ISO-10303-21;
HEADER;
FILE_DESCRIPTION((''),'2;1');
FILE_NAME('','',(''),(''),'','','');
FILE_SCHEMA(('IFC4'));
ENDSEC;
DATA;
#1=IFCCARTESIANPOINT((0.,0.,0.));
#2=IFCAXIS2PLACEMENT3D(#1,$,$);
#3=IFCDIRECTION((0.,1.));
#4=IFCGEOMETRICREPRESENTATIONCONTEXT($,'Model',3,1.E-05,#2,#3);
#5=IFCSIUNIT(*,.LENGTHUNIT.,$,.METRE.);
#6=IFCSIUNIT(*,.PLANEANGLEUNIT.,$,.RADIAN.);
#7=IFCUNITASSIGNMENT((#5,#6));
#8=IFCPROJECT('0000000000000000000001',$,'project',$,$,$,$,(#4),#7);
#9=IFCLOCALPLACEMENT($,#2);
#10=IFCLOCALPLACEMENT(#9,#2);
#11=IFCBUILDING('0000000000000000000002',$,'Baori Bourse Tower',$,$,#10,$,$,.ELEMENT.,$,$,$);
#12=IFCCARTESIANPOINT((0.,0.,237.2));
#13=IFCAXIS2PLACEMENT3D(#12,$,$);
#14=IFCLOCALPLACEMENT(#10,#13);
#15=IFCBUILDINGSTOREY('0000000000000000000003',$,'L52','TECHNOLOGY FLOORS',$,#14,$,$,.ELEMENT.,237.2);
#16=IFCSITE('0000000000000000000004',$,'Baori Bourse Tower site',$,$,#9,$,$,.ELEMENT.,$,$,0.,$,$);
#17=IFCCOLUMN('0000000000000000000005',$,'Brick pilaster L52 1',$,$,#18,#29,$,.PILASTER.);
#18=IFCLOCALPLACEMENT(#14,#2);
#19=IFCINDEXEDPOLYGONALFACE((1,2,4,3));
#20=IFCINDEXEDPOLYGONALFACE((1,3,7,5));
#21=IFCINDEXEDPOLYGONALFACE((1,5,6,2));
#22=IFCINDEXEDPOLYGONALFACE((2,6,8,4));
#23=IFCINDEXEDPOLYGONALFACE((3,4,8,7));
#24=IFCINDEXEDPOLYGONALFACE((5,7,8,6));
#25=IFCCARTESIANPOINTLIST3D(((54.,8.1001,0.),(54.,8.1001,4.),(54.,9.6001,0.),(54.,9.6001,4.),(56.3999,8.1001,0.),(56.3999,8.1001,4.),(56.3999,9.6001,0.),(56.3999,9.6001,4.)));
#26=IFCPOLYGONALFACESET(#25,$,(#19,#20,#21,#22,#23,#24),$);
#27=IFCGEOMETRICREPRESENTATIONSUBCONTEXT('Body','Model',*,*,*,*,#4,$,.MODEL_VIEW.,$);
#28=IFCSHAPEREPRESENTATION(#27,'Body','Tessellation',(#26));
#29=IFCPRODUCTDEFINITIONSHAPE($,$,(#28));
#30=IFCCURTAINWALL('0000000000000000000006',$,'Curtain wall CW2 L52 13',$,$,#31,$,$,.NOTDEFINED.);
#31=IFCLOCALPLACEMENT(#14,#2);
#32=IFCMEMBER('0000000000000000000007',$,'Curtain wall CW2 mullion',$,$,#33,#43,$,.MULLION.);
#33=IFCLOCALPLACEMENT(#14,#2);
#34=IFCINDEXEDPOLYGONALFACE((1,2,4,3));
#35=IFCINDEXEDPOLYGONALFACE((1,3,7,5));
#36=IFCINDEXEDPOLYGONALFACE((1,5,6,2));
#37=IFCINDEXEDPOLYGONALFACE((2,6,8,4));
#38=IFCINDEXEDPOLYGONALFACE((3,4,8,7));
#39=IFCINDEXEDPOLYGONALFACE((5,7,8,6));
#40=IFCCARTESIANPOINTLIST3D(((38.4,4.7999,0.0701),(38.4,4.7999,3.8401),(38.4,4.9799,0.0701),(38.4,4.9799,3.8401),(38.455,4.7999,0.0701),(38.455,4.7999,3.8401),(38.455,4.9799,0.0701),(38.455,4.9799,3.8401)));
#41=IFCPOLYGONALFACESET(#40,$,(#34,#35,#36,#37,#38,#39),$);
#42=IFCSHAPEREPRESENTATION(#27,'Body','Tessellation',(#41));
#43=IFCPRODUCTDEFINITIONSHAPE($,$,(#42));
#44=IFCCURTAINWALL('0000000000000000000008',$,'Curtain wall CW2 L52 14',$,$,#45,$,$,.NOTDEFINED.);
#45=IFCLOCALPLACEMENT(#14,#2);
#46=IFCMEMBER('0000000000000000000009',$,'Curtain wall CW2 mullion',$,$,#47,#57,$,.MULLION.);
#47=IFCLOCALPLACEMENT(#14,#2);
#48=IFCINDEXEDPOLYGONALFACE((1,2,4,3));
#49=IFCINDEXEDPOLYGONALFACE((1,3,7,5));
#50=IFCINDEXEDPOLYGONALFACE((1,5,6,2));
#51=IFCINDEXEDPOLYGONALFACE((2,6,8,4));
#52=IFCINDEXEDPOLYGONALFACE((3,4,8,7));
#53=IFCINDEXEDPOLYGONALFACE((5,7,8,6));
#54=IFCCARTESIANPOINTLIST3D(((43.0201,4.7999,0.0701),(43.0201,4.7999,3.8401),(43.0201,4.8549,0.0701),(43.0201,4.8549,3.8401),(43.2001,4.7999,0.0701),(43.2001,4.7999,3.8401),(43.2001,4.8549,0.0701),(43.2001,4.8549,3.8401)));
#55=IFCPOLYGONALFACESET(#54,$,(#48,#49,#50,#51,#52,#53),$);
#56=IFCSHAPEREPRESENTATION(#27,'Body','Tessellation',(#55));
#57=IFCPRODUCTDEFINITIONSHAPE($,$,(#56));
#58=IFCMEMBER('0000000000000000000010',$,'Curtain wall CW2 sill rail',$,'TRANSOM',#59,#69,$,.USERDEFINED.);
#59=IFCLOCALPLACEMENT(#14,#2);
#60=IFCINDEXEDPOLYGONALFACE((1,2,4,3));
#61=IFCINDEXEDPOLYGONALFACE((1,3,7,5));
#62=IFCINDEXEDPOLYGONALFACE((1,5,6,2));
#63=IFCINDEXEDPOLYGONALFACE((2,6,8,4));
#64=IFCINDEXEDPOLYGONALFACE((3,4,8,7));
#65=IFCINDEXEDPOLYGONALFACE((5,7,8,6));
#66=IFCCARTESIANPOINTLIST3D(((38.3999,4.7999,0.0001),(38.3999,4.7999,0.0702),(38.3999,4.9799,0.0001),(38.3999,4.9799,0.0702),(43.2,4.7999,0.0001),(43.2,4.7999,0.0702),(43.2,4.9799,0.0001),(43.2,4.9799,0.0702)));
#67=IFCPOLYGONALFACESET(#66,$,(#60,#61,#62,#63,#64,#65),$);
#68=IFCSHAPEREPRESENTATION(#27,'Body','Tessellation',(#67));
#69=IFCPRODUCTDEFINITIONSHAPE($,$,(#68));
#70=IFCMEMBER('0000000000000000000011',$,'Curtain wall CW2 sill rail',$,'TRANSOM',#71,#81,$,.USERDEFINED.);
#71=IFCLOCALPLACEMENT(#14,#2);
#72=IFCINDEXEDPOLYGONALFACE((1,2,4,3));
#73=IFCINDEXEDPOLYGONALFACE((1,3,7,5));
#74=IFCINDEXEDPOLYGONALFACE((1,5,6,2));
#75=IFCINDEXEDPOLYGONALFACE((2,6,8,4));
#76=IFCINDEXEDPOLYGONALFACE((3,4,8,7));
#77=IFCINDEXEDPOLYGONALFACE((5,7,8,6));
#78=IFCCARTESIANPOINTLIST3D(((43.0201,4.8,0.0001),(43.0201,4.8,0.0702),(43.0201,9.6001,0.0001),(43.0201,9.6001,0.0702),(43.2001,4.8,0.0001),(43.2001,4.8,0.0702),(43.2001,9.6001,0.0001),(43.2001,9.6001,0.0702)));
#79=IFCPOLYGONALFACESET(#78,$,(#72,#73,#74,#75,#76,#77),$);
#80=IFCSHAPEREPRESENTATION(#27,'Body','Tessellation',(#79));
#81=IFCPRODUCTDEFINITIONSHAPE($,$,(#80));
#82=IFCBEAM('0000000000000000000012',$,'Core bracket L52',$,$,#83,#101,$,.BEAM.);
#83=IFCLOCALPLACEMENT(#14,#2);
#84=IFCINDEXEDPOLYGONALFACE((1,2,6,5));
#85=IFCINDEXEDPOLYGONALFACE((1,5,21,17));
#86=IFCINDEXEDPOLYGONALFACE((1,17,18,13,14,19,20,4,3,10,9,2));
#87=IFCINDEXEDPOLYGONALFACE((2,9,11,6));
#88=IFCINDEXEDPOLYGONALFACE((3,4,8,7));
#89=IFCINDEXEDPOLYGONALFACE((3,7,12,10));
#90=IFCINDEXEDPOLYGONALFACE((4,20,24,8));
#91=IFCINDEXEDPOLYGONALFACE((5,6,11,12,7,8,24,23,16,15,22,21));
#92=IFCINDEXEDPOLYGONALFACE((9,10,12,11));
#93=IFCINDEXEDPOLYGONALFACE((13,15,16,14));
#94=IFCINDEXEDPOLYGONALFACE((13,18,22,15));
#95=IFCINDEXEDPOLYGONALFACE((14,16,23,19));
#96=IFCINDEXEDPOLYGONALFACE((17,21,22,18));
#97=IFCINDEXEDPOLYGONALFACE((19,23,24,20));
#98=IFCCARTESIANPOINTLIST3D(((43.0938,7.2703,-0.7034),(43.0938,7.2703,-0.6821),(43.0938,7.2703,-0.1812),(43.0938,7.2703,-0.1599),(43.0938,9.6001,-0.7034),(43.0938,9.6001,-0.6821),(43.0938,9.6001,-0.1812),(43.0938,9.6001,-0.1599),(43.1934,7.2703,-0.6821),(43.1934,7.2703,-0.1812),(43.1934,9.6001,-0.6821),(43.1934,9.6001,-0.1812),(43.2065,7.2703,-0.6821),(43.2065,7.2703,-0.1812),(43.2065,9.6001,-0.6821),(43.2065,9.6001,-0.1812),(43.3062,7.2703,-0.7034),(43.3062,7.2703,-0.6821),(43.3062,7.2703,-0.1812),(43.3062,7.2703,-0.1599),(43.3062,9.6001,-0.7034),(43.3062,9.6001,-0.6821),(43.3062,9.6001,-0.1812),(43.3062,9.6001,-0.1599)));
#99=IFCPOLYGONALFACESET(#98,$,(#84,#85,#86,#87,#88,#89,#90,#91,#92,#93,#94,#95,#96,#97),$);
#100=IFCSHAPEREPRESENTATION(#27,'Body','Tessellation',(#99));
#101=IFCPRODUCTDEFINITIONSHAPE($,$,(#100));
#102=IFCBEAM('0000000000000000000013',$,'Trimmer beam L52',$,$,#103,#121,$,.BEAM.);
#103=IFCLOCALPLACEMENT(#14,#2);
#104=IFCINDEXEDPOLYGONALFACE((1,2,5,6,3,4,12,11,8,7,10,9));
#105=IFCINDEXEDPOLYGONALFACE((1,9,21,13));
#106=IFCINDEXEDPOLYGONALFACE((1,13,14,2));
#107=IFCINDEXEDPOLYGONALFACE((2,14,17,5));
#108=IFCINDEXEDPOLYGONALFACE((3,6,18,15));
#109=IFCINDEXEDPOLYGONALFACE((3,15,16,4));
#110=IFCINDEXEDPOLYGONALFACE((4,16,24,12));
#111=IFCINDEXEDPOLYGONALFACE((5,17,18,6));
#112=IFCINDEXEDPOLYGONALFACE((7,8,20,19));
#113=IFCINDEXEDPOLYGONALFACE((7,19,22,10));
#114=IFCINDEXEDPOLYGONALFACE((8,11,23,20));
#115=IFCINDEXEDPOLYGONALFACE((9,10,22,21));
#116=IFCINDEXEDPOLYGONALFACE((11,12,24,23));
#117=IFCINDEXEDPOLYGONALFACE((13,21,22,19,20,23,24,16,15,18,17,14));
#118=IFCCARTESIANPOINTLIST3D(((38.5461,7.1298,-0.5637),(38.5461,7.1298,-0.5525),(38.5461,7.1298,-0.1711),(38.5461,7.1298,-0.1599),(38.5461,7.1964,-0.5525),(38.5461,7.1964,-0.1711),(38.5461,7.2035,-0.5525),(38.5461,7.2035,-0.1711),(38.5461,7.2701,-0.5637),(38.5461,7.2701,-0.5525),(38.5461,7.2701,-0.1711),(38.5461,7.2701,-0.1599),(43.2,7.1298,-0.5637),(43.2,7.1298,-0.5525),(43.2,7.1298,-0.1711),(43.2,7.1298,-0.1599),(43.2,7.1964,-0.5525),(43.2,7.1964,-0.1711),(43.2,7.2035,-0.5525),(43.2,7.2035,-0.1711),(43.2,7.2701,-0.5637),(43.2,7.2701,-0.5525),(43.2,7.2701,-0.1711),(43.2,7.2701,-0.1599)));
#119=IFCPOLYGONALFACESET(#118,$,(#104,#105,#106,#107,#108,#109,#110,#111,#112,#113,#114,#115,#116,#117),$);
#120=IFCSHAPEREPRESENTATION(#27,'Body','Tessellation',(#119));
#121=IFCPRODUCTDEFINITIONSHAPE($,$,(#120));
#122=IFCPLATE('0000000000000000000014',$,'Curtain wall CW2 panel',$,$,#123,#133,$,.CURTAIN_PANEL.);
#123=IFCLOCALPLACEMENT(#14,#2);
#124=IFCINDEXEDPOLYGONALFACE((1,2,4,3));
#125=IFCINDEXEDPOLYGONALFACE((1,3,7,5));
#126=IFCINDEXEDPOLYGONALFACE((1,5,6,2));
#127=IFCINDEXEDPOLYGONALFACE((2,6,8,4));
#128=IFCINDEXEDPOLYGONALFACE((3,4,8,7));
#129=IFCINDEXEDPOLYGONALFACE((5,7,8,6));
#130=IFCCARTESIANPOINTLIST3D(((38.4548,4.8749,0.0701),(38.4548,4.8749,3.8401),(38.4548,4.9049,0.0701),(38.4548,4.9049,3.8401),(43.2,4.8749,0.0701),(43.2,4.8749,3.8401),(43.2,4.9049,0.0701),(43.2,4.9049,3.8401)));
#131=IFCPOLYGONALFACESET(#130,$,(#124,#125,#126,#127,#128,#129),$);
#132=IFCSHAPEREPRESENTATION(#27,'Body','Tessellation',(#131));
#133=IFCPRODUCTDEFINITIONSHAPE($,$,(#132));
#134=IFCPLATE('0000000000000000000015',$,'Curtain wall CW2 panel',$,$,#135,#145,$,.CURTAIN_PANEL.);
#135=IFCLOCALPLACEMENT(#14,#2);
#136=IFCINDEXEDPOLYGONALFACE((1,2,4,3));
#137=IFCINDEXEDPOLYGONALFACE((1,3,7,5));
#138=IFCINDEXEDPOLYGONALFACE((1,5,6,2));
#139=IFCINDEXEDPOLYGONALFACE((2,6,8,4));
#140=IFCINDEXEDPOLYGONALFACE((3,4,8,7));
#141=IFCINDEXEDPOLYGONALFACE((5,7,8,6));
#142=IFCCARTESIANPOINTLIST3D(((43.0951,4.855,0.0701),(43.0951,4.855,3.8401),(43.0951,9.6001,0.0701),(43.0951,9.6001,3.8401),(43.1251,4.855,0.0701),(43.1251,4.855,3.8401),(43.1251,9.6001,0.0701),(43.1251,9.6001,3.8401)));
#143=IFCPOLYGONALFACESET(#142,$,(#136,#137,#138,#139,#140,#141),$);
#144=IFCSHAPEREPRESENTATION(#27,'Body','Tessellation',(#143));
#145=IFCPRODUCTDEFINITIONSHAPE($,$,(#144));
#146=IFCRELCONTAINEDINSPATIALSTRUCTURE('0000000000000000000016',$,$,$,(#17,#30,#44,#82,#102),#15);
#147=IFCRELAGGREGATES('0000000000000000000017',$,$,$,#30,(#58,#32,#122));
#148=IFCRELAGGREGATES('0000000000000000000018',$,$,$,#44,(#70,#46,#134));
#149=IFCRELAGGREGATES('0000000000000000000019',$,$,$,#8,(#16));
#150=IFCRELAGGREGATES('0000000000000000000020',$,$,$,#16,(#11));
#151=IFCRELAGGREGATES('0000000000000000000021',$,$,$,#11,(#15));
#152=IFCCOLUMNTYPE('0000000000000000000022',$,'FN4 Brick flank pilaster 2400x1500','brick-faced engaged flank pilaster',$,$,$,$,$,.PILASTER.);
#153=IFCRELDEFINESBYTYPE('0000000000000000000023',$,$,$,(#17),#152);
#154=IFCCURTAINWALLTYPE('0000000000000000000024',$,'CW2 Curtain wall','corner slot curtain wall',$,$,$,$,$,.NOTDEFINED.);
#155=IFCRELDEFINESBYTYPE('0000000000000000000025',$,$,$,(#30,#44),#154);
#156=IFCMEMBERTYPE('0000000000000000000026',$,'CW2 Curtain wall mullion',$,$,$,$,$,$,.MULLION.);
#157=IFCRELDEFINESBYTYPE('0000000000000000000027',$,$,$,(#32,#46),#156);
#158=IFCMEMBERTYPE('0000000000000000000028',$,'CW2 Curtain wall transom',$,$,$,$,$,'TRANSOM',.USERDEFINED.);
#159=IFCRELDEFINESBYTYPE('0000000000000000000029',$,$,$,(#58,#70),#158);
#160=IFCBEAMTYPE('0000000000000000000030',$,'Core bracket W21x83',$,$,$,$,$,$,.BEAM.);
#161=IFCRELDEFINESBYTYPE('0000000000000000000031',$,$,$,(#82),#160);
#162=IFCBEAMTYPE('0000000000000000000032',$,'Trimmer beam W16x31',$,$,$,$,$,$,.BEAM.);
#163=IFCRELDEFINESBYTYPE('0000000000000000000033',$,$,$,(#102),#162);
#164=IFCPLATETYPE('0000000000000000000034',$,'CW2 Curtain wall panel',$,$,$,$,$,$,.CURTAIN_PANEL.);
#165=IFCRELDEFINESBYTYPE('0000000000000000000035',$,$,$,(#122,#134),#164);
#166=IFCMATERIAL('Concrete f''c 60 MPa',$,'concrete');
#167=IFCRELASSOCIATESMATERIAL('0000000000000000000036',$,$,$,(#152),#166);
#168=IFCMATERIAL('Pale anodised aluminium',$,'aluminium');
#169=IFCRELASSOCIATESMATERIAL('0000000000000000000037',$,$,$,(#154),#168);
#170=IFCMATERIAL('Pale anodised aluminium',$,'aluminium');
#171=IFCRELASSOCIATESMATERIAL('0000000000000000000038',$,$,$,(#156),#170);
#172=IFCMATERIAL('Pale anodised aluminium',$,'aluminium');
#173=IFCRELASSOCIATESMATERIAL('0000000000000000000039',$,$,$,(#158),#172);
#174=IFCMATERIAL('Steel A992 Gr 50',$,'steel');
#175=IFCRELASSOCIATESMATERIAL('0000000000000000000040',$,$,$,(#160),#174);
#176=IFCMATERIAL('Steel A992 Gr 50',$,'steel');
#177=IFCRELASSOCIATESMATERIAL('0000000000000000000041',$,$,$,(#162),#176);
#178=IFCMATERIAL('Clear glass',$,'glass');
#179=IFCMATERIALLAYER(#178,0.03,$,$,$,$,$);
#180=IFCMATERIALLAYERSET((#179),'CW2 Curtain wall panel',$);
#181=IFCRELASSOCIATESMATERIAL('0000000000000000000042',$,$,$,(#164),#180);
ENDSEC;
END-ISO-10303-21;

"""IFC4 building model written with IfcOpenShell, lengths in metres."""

from ifc_helpers import new_model, si_unit, direction, frame, origin, origin_2d, place, context, subcontext, project, spatial, rectangle, i_section, extrude, material, layer, layer_set, material_profile, profile_set, type_object, element, aggregate, save


model = new_model("IFC4")

# Units and contexts
model_context = context("Model", 3, precision=1e-05, world=origin(), true_north=direction((0.0, 1.0)))
body_context = subcontext(model_context, "Body", "Model", "MODEL_VIEW")
ifc_project = project(units=[si_unit("LENGTHUNIT", "METRE"), si_unit("PLANEANGLEUNIT", "RADIAN")], contexts=[model_context])

# Site, building, storey
site_placement = place(None, origin())
site = spatial("IfcSite", under=ifc_project, at=site_placement, Name="Baori Bourse Tower site", CompositionType="ELEMENT", RefElevation=0.0)
building_placement = place(site_placement, origin())
building = spatial("IfcBuilding", under=site, at=building_placement, Name="Baori Bourse Tower", CompositionType="ELEMENT")
storey_placement = place(building_placement, frame((0.0, 0.0, 237.2)))
storey = spatial("IfcBuildingStorey", under=building, at=storey_placement, Name="L52", Description="TECHNOLOGY FLOORS", CompositionType="ELEMENT", Elevation=237.2)

# Column
ifc_material_1 = material(Name="Concrete f'c 60 MPa", Category="concrete")
ifc_material_profile_1 = material_profile(ifc_material_1, rectangle(XDim=2.3999, YDim=1.5, at=origin_2d()), Name="RC 2400x1500")
ifc_profile_set_1 = profile_set([ifc_material_profile_1], Name="Concrete f'c 60 MPa")
column_type = type_object("IfcColumnType", Name="FN4 Brick flank pilaster 2400x1500", Description="brick-faced engaged flank pilaster", PredefinedType="PILASTER", material=ifc_profile_set_1)
column_placement = place(storey_placement, frame((55.2, 8.8501, 0.0), z_axis=(0.0, 0.0, 1.0), x_axis=(1.0, 0.0, 0.0)))
element("IfcColumn", 1, at=column_placement, inside=storey, type_object=column_type, Name="Brick pilaster L52 1", PredefinedType="PILASTER", context=body_context, shape_type="SweptSolid", body=[
    extrude(rectangle(XDim=2.3999, YDim=1.5, at=origin_2d()), origin(), (0.0, 0.0, 1.0), 4.0),
])

# Curtain walls, members
ifc_material_2 = material(Name="Pale anodised aluminium", Category="aluminium")
curtain_wall_type = type_object("IfcCurtainWallType", Name="CW2 Curtain wall", Description="corner slot curtain wall", PredefinedType="NOTDEFINED", material=ifc_material_2)
curtain_wall_1_placement = place(storey_placement, origin())
curtain_wall_1 = element("IfcCurtainWall", 2, at=curtain_wall_1_placement, inside=storey, type_object=curtain_wall_type, Name="Curtain wall CW2 L52 13", PredefinedType="NOTDEFINED")
ifc_material_3 = material(Name="Pale anodised aluminium", Category="aluminium")
ifc_material_profile_2 = material_profile(ifc_material_3, rectangle(XDim=0.1799, YDim=0.0549, at=origin_2d()), Name="Mullion 55x180")
ifc_profile_set_2 = profile_set([ifc_material_profile_2], Name="Pale anodised aluminium")
member_type_1 = type_object("IfcMemberType", Name="CW2 Curtain wall mullion", PredefinedType="MULLION", material=ifc_profile_set_2)
member_1_placement = place(storey_placement, frame((38.4275, 4.8899, 0.0701), z_axis=(0.0, 0.0, 1.0), x_axis=(0.0, 1.0, 0.0)))
member_1 = element("IfcMember", 3, at=member_1_placement, type_object=member_type_1, Name="Curtain wall CW2 mullion", PredefinedType="MULLION", context=body_context, shape_type="SweptSolid", body=[
    extrude(rectangle(XDim=0.1799, YDim=0.0549, at=origin_2d()), origin(), (0.0, 0.0, 1.0), 3.77),
])
curtain_wall_2_placement = place(storey_placement, origin())
curtain_wall_2 = element("IfcCurtainWall", 4, at=curtain_wall_2_placement, inside=storey, type_object=curtain_wall_type, Name="Curtain wall CW2 L52 14", PredefinedType="NOTDEFINED")
member_2_placement = place(storey_placement, frame((43.1101, 4.8274, 0.0701), z_axis=(0.0, 0.0, 1.0), x_axis=(-1.0, 0.0, 0.0)))
member_2 = element("IfcMember", 5, at=member_2_placement, type_object=member_type_1, Name="Curtain wall CW2 mullion", PredefinedType="MULLION", context=body_context, shape_type="SweptSolid", body=[
    extrude(rectangle(XDim=0.1799, YDim=0.0549, at=origin_2d()), origin(), (0.0, 0.0, 1.0), 3.77),
])

# Members
ifc_material_4 = material(Name="Pale anodised aluminium", Category="aluminium")
ifc_material_profile_3 = material_profile(ifc_material_4, rectangle(XDim=0.1799, YDim=0.0701, at=origin_2d()), Name="Transom 70x180")
ifc_profile_set_3 = profile_set([ifc_material_profile_3], Name="Pale anodised aluminium")
member_type_2 = type_object("IfcMemberType", Name="CW2 Curtain wall transom", ElementType="TRANSOM", PredefinedType="USERDEFINED", material=ifc_profile_set_3)
member_3_placement = place(storey_placement, frame((38.3999, 4.8899, 0.0352), z_axis=(1.0, 0.0, 0.0), x_axis=(0.0, 1.0, 0.0)))
member_3 = element("IfcMember", 6, at=member_3_placement, type_object=member_type_2, Name="Curtain wall CW2 sill rail", ObjectType="TRANSOM", PredefinedType="USERDEFINED", context=body_context, shape_type="SweptSolid", body=[
    extrude(rectangle(XDim=0.1799, YDim=0.0701, at=origin_2d()), origin(), (0.0, 0.0, 1.0), 4.8),
])
member_4_placement = place(storey_placement, frame((43.1101, 4.8, 0.0352), z_axis=(0.0, 1.0, 0.0), x_axis=(-1.0, 0.0, 0.0)))
member_4 = element("IfcMember", 7, at=member_4_placement, type_object=member_type_2, Name="Curtain wall CW2 sill rail", ObjectType="TRANSOM", PredefinedType="USERDEFINED", context=body_context, shape_type="SweptSolid", body=[
    extrude(rectangle(XDim=0.1799, YDim=0.0701, at=origin_2d()), origin(), (0.0, 0.0, 1.0), 4.8),
])

# Beams
ifc_material_5 = material(Name="Steel A992 Gr 50", Category="steel")
ifc_material_profile_4 = material_profile(ifc_material_5, i_section(OverallWidth=0.2124, OverallDepth=0.5435, WebThickness=0.0132, FlangeThickness=0.0212, at=origin_2d()), Name="W21x83")
ifc_profile_set_4 = profile_set([ifc_material_profile_4], Name="Steel A992 Gr 50")
beam_type_1 = type_object("IfcBeamType", Name="Core bracket W21x83", PredefinedType="BEAM", material=ifc_profile_set_4)
beam_1_placement = place(storey_placement, frame((43.2, 7.2703, -0.4316), z_axis=(0.0, 1.0, 0.0), x_axis=(-1.0, 0.0, 0.0)))
element("IfcBeam", 8, at=beam_1_placement, inside=storey, type_object=beam_type_1, Name="Core bracket L52", PredefinedType="BEAM", context=body_context, shape_type="SweptSolid", body=[
    extrude(i_section(OverallWidth=0.2124, OverallDepth=0.5435, WebThickness=0.0132, FlangeThickness=0.0212, at=origin_2d()), origin(), (0.0, 0.0, 1.0), 2.3298),
])
ifc_material_6 = material(Name="Steel A992 Gr 50", Category="steel")
ifc_material_profile_5 = material_profile(ifc_material_6, i_section(OverallWidth=0.1404, OverallDepth=0.4038, WebThickness=0.0071, FlangeThickness=0.0112, at=origin_2d()), Name="W16x31")
ifc_profile_set_5 = profile_set([ifc_material_profile_5], Name="Steel A992 Gr 50")
beam_type_2 = type_object("IfcBeamType", Name="Trimmer beam W16x31", PredefinedType="BEAM", material=ifc_profile_set_5)
beam_2_placement = place(storey_placement, frame((38.5461, 7.2, -0.3618), z_axis=(1.0, 0.0, 0.0), x_axis=(0.0, 1.0, 0.0)))
element("IfcBeam", 9, at=beam_2_placement, inside=storey, type_object=beam_type_2, Name="Trimmer beam L52", PredefinedType="BEAM", context=body_context, shape_type="SweptSolid", body=[
    extrude(i_section(OverallWidth=0.1404, OverallDepth=0.4038, WebThickness=0.0071, FlangeThickness=0.0112, at=origin_2d()), origin(), (0.0, 0.0, 1.0), 4.6538),
])

# Plates
ifc_material_7 = material(Name="Clear glass", Category="glass")
ifc_layer_1 = layer(ifc_material_7, 0.03)
ifc_layer_set_1 = layer_set([ifc_layer_1], Name="CW2 Curtain wall panel")
plate_type = type_object("IfcPlateType", Name="CW2 Curtain wall panel", PredefinedType="CURTAIN_PANEL", material=ifc_layer_set_1)
plate_1_placement = place(storey_placement, frame((40.8274, 4.8899, 0.0701), z_axis=(0.0, 0.0, 1.0), x_axis=(1.0, 0.0, 0.0)))
plate_1 = element("IfcPlate", 10, at=plate_1_placement, type_object=plate_type, Name="Curtain wall CW2 panel", PredefinedType="CURTAIN_PANEL", context=body_context, shape_type="SweptSolid", body=[
    extrude(rectangle(XDim=4.7451, YDim=0.03, at=origin_2d()), origin(), (0.0, 0.0, 1.0), 3.77),
])
aggregate(curtain_wall_1, [member_3, member_1, plate_1])
plate_2_placement = place(storey_placement, frame((43.1101, 7.2275, 0.0701), z_axis=(0.0, 0.0, 1.0), x_axis=(0.0, 1.0, 0.0)))
plate_2 = element("IfcPlate", 11, at=plate_2_placement, type_object=plate_type, Name="Curtain wall CW2 panel", PredefinedType="CURTAIN_PANEL", context=body_context, shape_type="SweptSolid", body=[
    extrude(rectangle(XDim=4.7451, YDim=0.03, at=origin_2d()), origin(), (0.0, 0.0, 1.0), 3.77),
])
aggregate(curtain_wall_2, [member_4, member_2, plate_2])

save(model, "model.ifc")
